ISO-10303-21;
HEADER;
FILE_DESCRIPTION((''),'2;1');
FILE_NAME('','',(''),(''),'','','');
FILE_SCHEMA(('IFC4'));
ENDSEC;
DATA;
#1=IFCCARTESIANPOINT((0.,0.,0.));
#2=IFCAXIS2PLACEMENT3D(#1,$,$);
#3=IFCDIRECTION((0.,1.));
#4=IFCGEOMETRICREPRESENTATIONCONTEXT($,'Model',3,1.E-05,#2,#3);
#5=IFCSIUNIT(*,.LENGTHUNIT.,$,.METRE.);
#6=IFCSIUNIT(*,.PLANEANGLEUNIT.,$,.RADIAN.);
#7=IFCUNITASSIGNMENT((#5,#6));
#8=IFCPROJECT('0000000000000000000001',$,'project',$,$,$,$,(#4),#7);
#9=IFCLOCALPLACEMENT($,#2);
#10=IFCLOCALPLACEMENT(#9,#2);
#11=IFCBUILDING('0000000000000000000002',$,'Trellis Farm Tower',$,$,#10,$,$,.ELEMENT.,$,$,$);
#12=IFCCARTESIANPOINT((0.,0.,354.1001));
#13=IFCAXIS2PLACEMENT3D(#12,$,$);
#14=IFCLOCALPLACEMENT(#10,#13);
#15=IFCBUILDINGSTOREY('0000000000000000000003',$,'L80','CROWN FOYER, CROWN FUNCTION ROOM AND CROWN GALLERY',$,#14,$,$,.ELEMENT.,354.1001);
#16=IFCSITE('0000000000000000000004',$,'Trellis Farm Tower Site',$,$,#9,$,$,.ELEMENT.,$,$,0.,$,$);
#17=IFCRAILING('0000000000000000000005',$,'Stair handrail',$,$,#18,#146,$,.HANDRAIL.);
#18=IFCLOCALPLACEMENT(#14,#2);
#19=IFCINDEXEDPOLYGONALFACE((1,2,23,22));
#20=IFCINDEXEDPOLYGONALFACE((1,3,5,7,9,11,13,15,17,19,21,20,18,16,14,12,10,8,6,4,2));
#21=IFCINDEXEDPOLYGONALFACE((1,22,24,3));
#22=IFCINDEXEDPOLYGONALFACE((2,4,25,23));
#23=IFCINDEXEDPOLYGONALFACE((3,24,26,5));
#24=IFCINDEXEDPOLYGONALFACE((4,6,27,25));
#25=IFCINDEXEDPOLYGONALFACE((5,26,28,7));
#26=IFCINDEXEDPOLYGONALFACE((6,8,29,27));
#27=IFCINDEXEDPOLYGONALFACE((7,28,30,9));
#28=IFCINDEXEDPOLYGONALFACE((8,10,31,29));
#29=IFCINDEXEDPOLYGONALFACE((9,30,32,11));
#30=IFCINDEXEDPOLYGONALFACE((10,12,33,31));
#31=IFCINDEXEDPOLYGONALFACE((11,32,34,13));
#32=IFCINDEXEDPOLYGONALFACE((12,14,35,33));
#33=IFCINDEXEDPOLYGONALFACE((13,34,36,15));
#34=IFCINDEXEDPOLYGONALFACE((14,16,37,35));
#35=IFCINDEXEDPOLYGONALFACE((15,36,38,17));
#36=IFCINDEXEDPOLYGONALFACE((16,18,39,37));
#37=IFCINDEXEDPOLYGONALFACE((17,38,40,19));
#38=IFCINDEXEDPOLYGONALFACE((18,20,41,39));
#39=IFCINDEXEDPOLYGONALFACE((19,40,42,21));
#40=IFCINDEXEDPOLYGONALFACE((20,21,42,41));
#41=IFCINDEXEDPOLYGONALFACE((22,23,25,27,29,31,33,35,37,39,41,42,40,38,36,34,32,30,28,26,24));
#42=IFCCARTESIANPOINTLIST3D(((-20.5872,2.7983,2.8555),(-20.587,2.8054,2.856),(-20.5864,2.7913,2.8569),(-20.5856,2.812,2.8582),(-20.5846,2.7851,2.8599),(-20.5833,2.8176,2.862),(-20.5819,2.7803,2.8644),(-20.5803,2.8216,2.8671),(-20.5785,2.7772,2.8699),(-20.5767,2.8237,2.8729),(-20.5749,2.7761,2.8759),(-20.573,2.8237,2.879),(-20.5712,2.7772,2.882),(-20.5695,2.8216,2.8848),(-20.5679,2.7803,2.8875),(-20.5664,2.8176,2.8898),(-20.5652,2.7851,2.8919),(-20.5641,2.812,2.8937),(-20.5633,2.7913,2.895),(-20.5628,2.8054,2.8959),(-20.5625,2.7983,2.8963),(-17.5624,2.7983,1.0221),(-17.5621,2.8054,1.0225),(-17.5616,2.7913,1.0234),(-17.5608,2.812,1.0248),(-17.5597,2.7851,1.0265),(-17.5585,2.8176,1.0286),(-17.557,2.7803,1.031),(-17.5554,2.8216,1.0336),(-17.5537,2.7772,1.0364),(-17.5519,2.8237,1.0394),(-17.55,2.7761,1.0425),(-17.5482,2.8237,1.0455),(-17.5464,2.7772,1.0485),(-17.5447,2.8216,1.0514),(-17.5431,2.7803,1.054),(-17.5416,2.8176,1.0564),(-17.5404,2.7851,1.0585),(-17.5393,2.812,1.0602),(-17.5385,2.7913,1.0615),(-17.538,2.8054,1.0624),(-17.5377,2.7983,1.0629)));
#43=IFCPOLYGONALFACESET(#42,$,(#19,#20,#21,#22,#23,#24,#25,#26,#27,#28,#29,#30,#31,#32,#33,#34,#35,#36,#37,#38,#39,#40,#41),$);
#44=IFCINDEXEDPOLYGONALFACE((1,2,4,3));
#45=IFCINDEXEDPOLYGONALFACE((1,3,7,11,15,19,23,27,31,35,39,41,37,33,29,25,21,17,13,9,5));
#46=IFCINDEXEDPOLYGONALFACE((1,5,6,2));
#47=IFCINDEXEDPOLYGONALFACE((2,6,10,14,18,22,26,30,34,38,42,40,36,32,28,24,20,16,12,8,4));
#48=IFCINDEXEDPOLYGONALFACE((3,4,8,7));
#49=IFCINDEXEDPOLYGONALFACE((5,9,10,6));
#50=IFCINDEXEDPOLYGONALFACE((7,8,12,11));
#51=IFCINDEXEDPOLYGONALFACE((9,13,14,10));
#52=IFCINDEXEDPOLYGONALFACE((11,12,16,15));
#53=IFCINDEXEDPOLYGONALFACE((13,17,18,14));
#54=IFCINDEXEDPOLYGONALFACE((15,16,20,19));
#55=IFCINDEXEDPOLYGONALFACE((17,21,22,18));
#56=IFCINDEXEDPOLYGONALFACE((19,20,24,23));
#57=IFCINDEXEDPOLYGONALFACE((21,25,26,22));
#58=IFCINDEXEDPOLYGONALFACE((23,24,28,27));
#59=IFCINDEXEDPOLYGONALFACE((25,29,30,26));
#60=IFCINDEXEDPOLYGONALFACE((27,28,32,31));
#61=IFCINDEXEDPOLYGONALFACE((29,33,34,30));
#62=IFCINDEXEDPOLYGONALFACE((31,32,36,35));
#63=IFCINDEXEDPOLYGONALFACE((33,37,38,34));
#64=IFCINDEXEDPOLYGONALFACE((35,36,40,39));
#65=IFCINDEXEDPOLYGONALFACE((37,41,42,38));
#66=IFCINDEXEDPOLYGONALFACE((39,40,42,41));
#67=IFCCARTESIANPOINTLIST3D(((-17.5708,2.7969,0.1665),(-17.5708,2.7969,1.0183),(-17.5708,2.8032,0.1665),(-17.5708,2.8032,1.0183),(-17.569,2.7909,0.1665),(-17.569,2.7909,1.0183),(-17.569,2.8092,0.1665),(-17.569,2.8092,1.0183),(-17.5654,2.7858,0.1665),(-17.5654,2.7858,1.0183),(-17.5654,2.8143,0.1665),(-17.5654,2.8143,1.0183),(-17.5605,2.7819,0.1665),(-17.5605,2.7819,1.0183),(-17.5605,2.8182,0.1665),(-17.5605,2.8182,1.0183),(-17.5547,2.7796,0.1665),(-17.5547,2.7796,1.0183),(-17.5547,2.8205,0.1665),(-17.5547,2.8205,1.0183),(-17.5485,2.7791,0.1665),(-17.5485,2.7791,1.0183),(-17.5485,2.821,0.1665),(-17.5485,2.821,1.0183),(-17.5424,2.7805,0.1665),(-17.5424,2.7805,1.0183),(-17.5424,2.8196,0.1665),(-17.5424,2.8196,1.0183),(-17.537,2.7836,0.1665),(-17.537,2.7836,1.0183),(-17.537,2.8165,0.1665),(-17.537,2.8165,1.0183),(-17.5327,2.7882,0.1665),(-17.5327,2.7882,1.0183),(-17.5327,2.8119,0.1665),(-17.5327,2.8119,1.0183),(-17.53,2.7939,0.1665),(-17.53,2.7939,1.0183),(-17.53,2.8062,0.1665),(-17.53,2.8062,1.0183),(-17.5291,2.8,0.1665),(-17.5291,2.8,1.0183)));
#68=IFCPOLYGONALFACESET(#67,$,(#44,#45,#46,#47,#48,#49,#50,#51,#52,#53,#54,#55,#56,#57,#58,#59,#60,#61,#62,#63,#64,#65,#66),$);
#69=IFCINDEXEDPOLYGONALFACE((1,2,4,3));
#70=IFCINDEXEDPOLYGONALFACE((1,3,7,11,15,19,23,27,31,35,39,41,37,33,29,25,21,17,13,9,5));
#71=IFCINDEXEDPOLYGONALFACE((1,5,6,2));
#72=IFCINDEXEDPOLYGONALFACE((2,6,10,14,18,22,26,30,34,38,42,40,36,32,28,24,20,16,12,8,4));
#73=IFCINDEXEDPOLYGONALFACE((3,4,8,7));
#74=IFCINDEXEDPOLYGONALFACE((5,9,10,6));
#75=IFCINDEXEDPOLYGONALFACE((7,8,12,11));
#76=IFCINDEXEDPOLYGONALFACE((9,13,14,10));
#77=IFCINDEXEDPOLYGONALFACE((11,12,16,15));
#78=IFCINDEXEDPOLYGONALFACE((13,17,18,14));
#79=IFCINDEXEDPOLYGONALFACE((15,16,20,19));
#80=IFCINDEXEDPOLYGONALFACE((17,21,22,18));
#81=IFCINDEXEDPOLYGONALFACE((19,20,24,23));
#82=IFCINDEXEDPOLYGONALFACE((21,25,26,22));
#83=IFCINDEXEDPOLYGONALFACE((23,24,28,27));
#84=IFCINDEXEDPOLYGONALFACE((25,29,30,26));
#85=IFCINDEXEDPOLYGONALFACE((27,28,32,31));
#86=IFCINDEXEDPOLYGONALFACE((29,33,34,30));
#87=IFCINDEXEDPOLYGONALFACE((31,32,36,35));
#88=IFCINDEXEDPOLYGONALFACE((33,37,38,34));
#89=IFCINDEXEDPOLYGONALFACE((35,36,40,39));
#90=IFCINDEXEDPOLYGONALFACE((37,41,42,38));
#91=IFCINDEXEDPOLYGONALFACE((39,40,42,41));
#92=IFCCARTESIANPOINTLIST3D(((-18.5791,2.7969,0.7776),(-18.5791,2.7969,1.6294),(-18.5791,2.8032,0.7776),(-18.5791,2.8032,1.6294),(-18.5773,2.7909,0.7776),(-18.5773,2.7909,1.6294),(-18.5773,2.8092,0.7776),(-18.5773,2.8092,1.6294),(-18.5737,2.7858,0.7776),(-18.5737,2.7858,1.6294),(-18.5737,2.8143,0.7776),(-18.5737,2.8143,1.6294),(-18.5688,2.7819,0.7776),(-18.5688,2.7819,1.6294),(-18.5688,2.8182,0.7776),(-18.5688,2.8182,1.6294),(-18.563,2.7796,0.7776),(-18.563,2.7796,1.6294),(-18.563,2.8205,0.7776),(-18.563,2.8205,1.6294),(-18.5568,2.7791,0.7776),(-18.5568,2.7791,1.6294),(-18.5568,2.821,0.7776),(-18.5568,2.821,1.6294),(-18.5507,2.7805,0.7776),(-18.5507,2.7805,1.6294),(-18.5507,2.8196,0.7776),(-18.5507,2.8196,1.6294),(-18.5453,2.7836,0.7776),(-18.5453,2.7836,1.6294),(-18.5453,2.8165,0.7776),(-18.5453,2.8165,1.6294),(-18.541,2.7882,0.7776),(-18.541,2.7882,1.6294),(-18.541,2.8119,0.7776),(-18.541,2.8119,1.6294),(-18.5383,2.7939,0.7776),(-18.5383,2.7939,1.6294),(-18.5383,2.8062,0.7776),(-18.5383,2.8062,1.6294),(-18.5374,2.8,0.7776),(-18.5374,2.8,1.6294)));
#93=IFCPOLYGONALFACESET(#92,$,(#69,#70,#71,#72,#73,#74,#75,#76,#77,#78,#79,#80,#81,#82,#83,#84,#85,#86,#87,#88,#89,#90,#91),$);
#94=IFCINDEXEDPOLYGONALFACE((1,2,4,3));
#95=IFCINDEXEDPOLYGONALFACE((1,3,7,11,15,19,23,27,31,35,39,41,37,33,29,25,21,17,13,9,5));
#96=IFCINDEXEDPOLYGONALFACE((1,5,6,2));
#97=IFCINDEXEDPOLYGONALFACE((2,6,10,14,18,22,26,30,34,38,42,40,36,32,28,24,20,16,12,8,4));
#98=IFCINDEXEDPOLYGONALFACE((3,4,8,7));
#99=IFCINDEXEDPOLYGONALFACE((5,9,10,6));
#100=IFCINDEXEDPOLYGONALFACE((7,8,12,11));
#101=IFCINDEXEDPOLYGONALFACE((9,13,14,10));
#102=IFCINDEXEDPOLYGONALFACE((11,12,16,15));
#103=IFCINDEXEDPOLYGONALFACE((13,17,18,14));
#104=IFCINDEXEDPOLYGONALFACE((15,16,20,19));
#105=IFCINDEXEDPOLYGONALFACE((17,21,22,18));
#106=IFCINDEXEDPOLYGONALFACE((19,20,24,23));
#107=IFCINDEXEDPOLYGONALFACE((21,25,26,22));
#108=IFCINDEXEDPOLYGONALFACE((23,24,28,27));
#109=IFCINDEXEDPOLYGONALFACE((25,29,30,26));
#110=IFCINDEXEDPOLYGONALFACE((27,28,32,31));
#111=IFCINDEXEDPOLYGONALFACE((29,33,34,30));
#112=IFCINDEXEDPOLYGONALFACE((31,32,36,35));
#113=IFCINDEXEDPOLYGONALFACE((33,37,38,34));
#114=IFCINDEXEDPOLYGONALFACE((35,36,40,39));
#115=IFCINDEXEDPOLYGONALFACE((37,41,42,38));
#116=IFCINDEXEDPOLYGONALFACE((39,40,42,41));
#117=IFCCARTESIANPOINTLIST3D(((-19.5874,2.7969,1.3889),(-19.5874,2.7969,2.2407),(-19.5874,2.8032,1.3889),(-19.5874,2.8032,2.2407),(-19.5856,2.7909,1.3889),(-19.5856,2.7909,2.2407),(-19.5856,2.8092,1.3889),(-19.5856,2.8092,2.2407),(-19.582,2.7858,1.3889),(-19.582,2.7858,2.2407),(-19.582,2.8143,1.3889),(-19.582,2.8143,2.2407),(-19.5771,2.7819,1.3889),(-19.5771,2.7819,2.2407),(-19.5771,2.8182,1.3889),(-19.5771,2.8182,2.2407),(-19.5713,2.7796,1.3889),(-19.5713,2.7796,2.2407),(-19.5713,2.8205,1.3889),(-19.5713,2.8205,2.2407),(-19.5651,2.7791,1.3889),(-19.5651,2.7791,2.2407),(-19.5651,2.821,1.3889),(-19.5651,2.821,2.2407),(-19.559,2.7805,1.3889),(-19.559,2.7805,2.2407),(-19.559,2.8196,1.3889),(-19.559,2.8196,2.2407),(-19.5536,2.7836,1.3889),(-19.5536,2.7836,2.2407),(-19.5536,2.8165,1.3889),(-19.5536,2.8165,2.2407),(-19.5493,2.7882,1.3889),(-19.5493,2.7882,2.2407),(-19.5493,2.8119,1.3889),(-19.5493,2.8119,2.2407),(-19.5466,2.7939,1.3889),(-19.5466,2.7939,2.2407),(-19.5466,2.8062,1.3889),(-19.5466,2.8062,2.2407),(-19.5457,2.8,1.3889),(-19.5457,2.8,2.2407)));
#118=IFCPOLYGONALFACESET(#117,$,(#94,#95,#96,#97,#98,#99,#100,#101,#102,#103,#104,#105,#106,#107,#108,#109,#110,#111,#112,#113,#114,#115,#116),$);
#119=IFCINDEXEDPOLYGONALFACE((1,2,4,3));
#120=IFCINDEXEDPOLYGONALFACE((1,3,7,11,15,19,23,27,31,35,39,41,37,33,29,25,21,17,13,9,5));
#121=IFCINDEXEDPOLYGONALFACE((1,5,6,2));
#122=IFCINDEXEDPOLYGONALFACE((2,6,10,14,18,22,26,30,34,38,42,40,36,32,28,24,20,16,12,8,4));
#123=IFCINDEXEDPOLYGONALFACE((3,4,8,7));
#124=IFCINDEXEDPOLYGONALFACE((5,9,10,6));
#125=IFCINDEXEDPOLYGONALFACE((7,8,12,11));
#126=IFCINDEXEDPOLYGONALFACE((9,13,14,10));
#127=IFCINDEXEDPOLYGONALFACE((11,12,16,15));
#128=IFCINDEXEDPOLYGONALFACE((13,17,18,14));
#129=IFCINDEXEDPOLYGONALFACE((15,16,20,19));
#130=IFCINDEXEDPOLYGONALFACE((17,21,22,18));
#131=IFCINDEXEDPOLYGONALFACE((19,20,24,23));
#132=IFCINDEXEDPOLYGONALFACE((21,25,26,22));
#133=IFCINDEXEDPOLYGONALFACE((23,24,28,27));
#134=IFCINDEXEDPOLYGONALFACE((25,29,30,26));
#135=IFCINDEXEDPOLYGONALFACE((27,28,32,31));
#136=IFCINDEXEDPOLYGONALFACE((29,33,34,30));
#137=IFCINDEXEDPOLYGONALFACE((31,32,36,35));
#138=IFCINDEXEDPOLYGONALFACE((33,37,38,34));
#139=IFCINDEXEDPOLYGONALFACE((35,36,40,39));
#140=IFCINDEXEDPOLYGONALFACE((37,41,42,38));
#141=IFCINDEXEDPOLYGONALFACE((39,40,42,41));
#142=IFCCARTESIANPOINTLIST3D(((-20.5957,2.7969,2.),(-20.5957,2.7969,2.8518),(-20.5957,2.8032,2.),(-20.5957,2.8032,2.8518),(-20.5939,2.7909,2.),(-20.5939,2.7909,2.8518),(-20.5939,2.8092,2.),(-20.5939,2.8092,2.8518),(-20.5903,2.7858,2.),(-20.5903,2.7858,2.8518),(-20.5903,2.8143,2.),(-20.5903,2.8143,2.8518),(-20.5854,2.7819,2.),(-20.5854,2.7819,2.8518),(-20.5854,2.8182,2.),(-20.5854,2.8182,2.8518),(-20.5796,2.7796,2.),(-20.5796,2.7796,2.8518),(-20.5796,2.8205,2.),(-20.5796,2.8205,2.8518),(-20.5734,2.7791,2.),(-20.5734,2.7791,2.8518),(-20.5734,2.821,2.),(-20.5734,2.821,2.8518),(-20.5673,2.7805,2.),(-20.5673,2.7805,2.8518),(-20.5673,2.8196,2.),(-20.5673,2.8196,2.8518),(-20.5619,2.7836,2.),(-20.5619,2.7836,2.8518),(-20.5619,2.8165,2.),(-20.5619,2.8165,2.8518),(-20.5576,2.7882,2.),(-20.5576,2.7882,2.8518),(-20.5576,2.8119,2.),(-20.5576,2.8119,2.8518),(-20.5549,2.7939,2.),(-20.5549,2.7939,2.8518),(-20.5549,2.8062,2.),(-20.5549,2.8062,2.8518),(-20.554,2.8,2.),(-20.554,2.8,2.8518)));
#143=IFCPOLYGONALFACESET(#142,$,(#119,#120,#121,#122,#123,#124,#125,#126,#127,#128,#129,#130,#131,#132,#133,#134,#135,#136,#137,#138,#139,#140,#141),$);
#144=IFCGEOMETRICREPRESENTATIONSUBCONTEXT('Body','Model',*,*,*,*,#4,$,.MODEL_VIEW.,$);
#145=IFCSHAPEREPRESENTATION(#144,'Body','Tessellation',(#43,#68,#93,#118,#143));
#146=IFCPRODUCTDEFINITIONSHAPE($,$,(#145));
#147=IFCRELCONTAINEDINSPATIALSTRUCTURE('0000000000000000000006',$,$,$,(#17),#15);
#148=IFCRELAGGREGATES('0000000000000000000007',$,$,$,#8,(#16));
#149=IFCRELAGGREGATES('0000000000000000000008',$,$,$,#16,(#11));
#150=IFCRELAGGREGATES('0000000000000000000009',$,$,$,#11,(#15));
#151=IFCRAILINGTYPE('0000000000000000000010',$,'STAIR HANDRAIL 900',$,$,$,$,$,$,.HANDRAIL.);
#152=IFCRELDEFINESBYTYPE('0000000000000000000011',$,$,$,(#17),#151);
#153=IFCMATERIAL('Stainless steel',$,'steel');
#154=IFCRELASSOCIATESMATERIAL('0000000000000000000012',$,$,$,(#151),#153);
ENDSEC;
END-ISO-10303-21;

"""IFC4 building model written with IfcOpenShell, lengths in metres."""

from ifc_helpers import new_model, si_unit, direction, frame, origin, origin_2d, place, context, subcontext, project, spatial, circle, extrude, source, transform, mapped, material, type_object, element, save


model = new_model("IFC4")

# Units and contexts
model_context = context("Model", 3, precision=1e-05, world=origin(), true_north=direction((0.0, 1.0)))
body_context = subcontext(model_context, "Body", "Model", "MODEL_VIEW")
ifc_project = project(units=[si_unit("LENGTHUNIT", "METRE"), si_unit("PLANEANGLEUNIT", "RADIAN")], contexts=[model_context])

# Site, building, storey
site_placement = place(None, origin())
site = spatial("IfcSite", under=ifc_project, at=site_placement, Name="Trellis Farm Tower Site", CompositionType="ELEMENT", RefElevation=0.0)
building_placement = place(site_placement, origin())
building = spatial("IfcBuilding", under=site, at=building_placement, Name="Trellis Farm Tower", CompositionType="ELEMENT")
storey_placement = place(building_placement, frame((0.0, 0.0, 354.1001)))
storey = spatial("IfcBuildingStorey", under=building, at=storey_placement, Name="L80", Description="CROWN FOYER, CROWN FUNCTION ROOM AND CROWN GALLERY", CompositionType="ELEMENT", Elevation=354.1001)

# Railing
ifc_material_1 = material(Name="Stainless steel", Category="steel")
railing_type_1 = type_object("IfcRailingType", Name="STAIR HANDRAIL 900", PredefinedType="HANDRAIL", material=ifc_material_1)
shared_shape_1 = source(origin(), body_context, "Body", "SweptSolid", [
    extrude(circle(Radius=0.0239, at=origin_2d()), frame((0.0, 0.0, 0.876), z_axis=(-0.85517, 0.0, 0.518348), x_axis=(0.0, -1.0, 0.0)), (0.0, 0.0, 1.0), 3.5371),
    extrude(circle(Radius=0.021, at=origin_2d()), origin(), (0.0, 0.0, 1.0), 0.8518),
    extrude(circle(Radius=0.021, at=origin_2d()), frame((-1.0083, 0.0, 0.6111)), (0.0, 0.0, 1.0), 0.8518),
    extrude(circle(Radius=0.021, at=origin_2d()), frame((-2.0166, 0.0, 1.2224)), (0.0, 0.0, 1.0), 0.8518),
    extrude(circle(Radius=0.021, at=origin_2d()), frame((-3.0249, 0.0, 1.8335)), (0.0, 0.0, 1.0), 0.8518),
])
for number, where, name in (
    (1, (-17.55, 2.8, 0.1665), "Stair handrail"),
):
    element("IfcRailing", number, at=place(storey_placement, frame(where)), inside=storey, type_object=railing_type_1, Name=name, PredefinedType="HANDRAIL", context=body_context, shape_type="MappedRepresentation", body=[
        mapped(shared_shape_1, transform((0.0, 0.0, 0.0))),
    ])

save(model, "model.ifc")
